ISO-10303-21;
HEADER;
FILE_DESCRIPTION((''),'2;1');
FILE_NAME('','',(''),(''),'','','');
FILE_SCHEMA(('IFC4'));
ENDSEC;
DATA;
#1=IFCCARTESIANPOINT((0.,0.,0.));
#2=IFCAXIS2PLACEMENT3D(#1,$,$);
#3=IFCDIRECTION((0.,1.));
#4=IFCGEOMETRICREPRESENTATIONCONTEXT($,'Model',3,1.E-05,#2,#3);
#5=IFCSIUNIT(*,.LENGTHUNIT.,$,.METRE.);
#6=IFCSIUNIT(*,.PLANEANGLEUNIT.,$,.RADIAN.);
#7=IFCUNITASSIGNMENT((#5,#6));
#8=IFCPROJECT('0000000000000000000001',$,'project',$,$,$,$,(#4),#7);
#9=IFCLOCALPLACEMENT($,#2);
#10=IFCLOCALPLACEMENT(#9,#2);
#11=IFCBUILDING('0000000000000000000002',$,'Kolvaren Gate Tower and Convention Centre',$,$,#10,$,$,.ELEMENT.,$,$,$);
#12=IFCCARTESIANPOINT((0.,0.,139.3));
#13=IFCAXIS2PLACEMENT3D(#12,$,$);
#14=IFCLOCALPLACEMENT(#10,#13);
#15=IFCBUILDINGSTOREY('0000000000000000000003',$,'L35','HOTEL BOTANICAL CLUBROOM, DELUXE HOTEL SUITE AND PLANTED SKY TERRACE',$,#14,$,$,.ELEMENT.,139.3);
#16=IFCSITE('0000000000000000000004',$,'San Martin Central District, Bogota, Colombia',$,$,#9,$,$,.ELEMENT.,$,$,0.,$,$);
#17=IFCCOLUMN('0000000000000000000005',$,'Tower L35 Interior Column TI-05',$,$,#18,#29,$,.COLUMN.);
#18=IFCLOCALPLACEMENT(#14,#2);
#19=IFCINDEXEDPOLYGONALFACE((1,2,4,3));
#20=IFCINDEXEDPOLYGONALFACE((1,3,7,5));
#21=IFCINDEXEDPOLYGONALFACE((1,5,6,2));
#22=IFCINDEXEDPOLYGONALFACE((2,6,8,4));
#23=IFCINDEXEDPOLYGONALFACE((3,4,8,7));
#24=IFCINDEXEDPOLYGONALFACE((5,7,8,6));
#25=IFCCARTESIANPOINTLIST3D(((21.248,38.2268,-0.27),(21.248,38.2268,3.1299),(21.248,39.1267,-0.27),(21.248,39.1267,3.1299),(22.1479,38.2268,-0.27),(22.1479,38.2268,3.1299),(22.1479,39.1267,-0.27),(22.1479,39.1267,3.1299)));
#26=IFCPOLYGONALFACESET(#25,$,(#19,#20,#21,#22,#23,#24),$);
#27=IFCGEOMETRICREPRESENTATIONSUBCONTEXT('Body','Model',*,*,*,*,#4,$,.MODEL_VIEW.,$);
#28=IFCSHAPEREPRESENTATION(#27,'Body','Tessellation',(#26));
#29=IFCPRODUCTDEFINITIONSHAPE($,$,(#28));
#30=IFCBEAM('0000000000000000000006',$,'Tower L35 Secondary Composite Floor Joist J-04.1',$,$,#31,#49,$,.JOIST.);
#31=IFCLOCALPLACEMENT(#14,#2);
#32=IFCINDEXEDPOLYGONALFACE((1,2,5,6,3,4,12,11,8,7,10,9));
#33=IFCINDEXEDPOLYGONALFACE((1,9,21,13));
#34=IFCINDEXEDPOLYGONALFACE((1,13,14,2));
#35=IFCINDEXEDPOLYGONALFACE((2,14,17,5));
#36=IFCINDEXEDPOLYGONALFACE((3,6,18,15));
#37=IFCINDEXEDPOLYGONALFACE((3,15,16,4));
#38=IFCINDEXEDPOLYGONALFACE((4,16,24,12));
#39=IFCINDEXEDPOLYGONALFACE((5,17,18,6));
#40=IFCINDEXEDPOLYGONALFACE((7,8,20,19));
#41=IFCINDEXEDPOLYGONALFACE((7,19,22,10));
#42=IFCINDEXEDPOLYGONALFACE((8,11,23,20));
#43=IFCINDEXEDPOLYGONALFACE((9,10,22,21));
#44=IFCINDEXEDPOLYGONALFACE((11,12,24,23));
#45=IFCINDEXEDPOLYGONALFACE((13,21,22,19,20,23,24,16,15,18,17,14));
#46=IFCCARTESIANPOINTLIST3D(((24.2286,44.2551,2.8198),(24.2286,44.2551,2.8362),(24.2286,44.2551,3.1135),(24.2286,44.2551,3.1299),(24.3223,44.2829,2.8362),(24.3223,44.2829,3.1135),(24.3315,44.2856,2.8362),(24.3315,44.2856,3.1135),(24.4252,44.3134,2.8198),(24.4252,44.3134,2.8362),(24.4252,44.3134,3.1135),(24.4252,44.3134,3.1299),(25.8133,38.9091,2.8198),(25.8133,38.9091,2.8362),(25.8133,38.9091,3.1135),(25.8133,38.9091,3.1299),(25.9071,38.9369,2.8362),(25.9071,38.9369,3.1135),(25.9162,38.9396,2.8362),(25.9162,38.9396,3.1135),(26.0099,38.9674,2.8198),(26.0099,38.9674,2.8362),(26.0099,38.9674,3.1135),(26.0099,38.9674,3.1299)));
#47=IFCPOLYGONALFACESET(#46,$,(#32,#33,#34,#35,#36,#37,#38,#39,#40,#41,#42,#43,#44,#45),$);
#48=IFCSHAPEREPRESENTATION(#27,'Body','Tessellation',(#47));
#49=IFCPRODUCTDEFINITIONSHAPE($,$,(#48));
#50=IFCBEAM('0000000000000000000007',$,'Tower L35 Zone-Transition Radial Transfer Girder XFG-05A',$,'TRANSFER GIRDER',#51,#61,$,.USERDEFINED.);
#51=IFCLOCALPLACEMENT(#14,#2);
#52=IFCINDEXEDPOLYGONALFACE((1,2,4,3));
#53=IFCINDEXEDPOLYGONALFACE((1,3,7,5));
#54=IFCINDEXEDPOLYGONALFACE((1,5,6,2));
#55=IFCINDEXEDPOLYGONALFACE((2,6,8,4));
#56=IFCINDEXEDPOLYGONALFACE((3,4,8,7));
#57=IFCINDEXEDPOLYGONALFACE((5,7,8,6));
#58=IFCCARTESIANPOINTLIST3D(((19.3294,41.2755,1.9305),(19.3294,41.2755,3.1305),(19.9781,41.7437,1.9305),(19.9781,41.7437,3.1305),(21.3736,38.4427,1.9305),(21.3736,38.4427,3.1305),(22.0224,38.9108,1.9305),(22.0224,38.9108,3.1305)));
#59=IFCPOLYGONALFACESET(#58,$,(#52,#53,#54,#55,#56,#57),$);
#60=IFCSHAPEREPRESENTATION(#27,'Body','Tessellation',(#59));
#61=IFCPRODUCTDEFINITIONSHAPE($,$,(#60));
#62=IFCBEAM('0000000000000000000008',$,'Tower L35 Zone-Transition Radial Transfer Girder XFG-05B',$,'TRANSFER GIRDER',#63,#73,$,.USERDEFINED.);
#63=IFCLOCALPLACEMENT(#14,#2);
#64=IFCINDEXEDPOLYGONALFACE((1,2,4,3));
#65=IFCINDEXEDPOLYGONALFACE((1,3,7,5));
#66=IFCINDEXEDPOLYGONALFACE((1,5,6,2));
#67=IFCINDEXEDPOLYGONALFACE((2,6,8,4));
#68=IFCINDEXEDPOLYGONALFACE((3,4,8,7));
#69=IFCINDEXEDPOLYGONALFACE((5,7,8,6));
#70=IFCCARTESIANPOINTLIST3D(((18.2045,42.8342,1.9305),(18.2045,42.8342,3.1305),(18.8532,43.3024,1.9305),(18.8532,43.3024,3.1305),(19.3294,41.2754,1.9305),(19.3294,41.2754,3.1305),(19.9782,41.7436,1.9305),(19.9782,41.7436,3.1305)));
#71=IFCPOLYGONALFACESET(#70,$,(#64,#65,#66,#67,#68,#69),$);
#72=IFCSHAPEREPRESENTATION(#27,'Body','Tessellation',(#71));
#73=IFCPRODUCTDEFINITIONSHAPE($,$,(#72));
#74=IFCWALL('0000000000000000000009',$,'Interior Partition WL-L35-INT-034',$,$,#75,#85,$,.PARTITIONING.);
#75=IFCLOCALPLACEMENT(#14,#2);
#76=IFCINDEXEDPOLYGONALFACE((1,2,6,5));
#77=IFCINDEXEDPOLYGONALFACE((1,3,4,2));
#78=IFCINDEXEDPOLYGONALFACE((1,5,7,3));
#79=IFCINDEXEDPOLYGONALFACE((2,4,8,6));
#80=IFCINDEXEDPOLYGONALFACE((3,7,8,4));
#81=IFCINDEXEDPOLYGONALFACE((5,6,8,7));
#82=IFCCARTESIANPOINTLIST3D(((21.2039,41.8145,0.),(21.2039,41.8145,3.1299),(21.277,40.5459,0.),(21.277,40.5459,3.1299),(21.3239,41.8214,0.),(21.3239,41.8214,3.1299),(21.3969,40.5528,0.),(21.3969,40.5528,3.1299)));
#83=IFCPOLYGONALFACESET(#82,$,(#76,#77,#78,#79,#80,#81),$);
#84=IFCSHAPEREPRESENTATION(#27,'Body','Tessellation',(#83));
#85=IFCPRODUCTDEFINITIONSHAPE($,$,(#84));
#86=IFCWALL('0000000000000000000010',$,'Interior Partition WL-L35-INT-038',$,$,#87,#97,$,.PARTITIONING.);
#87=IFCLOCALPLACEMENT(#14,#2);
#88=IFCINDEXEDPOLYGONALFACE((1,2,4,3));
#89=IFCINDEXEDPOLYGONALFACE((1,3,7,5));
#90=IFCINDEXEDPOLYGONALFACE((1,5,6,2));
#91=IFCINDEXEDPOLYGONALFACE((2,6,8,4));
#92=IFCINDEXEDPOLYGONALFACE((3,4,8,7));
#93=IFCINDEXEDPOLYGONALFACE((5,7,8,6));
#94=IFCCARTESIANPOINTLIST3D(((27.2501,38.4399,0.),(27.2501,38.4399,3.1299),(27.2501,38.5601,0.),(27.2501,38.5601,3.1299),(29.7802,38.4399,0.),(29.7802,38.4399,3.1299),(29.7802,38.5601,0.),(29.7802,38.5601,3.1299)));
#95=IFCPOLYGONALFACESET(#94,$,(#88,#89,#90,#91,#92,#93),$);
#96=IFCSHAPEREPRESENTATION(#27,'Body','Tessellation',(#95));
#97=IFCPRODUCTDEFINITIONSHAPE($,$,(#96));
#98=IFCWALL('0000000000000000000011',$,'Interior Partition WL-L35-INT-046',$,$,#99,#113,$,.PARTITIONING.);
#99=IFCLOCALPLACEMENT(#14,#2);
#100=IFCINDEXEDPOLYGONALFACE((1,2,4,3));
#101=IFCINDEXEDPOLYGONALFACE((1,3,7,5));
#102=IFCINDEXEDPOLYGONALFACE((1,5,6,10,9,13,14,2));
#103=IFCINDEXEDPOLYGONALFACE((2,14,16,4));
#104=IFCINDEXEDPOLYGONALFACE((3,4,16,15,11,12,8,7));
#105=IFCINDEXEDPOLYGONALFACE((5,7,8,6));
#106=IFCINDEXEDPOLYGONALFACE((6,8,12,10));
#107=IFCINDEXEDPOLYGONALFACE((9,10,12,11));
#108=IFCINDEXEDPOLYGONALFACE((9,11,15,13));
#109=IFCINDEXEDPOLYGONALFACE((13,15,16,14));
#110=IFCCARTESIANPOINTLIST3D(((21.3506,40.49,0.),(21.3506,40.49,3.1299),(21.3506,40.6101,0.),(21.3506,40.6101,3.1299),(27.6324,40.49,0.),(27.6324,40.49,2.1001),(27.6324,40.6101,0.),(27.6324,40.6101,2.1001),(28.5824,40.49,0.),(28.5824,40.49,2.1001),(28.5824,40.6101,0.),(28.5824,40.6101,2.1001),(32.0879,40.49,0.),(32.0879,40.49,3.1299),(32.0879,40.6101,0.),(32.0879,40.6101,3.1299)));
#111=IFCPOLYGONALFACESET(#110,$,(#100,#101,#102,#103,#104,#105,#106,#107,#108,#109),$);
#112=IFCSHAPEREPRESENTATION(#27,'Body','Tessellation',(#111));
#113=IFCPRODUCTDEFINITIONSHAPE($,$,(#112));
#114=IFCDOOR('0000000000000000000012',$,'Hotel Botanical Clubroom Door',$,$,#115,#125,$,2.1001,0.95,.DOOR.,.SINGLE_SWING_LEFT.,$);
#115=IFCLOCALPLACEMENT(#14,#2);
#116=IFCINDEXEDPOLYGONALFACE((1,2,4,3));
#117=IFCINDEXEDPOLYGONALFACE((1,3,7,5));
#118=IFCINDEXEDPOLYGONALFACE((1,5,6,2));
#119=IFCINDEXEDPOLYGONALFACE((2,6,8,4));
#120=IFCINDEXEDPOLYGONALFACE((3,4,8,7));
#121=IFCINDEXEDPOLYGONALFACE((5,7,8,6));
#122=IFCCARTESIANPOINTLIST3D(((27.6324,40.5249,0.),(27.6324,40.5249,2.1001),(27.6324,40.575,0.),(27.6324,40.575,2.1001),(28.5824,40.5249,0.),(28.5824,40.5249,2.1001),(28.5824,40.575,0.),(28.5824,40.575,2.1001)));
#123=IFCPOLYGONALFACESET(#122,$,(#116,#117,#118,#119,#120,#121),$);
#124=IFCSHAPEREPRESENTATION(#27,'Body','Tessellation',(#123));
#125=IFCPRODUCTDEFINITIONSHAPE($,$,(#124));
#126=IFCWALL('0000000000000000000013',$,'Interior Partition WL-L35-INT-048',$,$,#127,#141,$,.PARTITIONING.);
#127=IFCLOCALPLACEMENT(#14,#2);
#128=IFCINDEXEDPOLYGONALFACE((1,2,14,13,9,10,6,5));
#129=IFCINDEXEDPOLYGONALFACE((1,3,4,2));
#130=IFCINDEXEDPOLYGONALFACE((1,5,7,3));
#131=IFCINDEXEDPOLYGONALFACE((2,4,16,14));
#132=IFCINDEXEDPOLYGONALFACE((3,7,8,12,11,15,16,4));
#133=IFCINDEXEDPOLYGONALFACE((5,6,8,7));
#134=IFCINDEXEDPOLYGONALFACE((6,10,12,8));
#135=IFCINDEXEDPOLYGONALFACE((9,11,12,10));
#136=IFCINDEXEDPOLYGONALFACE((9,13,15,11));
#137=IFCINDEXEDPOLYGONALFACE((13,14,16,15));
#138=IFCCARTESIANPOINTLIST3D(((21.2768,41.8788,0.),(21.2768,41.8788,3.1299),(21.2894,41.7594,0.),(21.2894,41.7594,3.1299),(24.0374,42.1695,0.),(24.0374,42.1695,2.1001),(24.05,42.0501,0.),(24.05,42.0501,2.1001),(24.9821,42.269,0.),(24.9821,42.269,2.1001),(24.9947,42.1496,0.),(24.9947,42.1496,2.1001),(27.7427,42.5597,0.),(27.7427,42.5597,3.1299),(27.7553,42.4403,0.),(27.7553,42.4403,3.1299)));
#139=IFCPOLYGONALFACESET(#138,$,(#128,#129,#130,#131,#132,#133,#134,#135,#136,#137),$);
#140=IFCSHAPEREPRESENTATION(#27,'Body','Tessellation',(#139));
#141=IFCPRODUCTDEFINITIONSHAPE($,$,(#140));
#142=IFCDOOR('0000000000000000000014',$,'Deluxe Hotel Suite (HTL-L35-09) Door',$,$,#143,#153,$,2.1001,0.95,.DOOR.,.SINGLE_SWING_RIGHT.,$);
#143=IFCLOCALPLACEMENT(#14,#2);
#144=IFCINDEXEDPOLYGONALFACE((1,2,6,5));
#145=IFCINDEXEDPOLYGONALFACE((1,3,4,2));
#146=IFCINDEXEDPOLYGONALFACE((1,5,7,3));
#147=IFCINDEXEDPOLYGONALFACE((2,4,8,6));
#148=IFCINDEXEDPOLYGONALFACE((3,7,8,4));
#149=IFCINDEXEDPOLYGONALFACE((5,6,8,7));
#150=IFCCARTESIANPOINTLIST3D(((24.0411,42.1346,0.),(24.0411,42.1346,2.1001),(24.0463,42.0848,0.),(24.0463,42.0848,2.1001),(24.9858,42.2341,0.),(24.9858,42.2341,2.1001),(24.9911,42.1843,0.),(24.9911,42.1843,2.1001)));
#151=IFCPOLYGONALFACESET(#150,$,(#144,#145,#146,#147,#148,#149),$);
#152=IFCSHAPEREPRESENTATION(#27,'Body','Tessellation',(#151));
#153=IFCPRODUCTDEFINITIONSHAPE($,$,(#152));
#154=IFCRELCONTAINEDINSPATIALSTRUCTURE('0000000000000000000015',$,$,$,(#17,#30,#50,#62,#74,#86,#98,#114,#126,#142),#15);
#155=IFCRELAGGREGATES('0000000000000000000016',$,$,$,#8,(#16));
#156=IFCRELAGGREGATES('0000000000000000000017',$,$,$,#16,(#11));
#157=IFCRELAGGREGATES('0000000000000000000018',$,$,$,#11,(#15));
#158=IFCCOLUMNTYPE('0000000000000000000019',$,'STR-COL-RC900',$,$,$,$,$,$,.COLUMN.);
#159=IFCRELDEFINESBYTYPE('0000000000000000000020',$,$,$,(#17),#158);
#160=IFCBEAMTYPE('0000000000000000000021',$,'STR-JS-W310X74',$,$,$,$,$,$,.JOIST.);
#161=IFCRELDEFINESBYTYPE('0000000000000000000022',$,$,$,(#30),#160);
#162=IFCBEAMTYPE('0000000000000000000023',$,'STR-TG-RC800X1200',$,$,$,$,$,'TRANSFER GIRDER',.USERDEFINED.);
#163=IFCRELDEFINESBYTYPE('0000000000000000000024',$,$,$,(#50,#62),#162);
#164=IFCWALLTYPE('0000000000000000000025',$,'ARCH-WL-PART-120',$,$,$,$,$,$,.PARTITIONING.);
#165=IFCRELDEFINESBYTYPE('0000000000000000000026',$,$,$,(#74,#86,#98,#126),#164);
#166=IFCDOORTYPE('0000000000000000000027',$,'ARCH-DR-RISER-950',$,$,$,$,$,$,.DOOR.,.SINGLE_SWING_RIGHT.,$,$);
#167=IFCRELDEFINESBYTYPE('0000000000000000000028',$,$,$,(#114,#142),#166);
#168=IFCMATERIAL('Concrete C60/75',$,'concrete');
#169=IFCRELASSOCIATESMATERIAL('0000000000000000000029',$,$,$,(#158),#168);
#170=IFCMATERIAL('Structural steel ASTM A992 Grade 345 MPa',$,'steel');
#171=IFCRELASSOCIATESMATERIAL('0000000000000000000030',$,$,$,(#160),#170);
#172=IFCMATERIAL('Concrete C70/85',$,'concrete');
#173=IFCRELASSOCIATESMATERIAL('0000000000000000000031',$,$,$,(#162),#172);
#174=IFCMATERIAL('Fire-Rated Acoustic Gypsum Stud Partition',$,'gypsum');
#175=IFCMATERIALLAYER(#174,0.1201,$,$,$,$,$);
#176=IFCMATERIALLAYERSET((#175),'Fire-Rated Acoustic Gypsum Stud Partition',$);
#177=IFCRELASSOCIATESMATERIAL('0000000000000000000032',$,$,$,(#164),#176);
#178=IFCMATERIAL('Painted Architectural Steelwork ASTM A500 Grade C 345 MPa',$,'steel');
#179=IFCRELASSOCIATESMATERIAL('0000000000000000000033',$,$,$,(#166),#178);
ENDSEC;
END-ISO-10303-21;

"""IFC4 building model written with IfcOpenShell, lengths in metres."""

from ifc_helpers import new_model, si_unit, direction, frame, frame_2d, origin, origin_2d, place, context, subcontext, project, spatial, rectangle, i_section, extrude, material, layer, layer_set, material_profile, profile_set, type_object, element, fill, save


model = new_model("IFC4")

# Units and contexts
model_context = context("Model", 3, precision=1e-05, world=origin(), true_north=direction((0.0, 1.0)))
body_context = subcontext(model_context, "Body", "Model", "MODEL_VIEW")
ifc_project = project(units=[si_unit("LENGTHUNIT", "METRE"), si_unit("PLANEANGLEUNIT", "RADIAN")], contexts=[model_context])

# Site, building, storey
site_placement = place(None, origin())
site = spatial("IfcSite", under=ifc_project, at=site_placement, Name="San Martin Central District, Bogota, Colombia", CompositionType="ELEMENT", RefElevation=0.0)
building_placement = place(site_placement, origin())
building = spatial("IfcBuilding", under=site, at=building_placement, Name="Kolvaren Gate Tower and Convention Centre", CompositionType="ELEMENT")
storey_placement = place(building_placement, frame((0.0, 0.0, 139.3)))
storey = spatial("IfcBuildingStorey", under=building, at=storey_placement, Name="L35", Description="HOTEL BOTANICAL CLUBROOM, DELUXE HOTEL SUITE AND PLANTED SKY TERRACE", CompositionType="ELEMENT", Elevation=139.3)

# Column
ifc_material_1 = material(Name="Concrete C60/75", Category="concrete")
ifc_material_profile_1 = material_profile(ifc_material_1, rectangle(XDim=0.8999, YDim=0.8999, at=origin_2d()), Name="RC-COL-900X900")
ifc_profile_set_1 = profile_set([ifc_material_profile_1], Name="Concrete C60/75")
column_type = type_object("IfcColumnType", Name="STR-COL-RC900", PredefinedType="COLUMN", material=ifc_profile_set_1)
column_placement = place(storey_placement, frame((21.698, 38.6768, -0.27), z_axis=(0.0, 0.0, 1.0), x_axis=(1.0, 0.0, 0.0)))
element("IfcColumn", 1, at=column_placement, inside=storey, type_object=column_type, Name="Tower L35 Interior Column TI-05", PredefinedType="COLUMN", context=body_context, shape_type="SweptSolid", body=[
    extrude(rectangle(XDim=0.8999, YDim=0.8999, at=origin_2d()), origin(), (0.0, 0.0, 1.0), 3.3999),
])

# Beams
ifc_material_2 = material(Name="Structural steel ASTM A992 Grade 345 MPa", Category="steel")
ifc_material_profile_2 = material_profile(ifc_material_2, i_section(OverallWidth=0.2051, OverallDepth=0.3101, WebThickness=0.0095, FlangeThickness=0.0164, at=origin_2d()), Name="W310X74")
ifc_profile_set_2 = profile_set([ifc_material_profile_2], Name="Structural steel ASTM A992 Grade 345 MPa")
beam_type_1 = type_object("IfcBeamType", Name="STR-JS-W310X74", PredefinedType="JOIST", material=ifc_profile_set_2)
beam_1_placement = place(storey_placement, frame((25.9116, 38.9382, 2.9749), z_axis=(-0.284209, 0.958762, 0.0), x_axis=(-0.958762, -0.284209, 0.0)))
element("IfcBeam", 2, at=beam_1_placement, inside=storey, type_object=beam_type_1, Name="Tower L35 Secondary Composite Floor Joist J-04.1", PredefinedType="JOIST", context=body_context, shape_type="SweptSolid", body=[
    extrude(i_section(OverallWidth=0.2051, OverallDepth=0.3101, WebThickness=0.0095, FlangeThickness=0.0164, at=origin_2d()), origin(), (0.0, 0.0, 1.0), 5.5759),
])
ifc_material_3 = material(Name="Concrete C70/85", Category="concrete")
ifc_material_profile_3 = material_profile(ifc_material_3, rectangle(XDim=0.8, YDim=1.2, at=origin_2d()), Name="RC-BM-800X1200")
ifc_profile_set_3 = profile_set([ifc_material_profile_3], Name="Concrete C70/85")
beam_type_2 = type_object("IfcBeamType", Name="STR-TG-RC800X1200", ElementType="TRANSFER GIRDER", PredefinedType="USERDEFINED", material=ifc_profile_set_3)
beam_2_placement = place(storey_placement, frame((21.698, 38.6768, 2.5305), z_axis=(-0.585172, 0.81091, 0.0), x_axis=(-0.81091, -0.585172, 0.0)))
element("IfcBeam", 3, at=beam_2_placement, inside=storey, type_object=beam_type_2, Name="Tower L35 Zone-Transition Radial Transfer Girder XFG-05A", ObjectType="TRANSFER GIRDER", PredefinedType="USERDEFINED", context=body_context, shape_type="SweptSolid", body=[
    extrude(rectangle(XDim=0.8, YDim=1.2, at=origin_2d()), origin(), (0.0, 0.0, 1.0), 3.4934),
])
beam_3_placement = place(storey_placement, frame((19.6538, 41.5095, 2.5305), z_axis=(-0.585208, 0.810883, 0.0), x_axis=(-0.810883, -0.585208, 0.0)))
element("IfcBeam", 4, at=beam_3_placement, inside=storey, type_object=beam_type_2, Name="Tower L35 Zone-Transition Radial Transfer Girder XFG-05B", ObjectType="TRANSFER GIRDER", PredefinedType="USERDEFINED", context=body_context, shape_type="SweptSolid", body=[
    extrude(rectangle(XDim=0.8, YDim=1.2, at=origin_2d()), origin(), (0.0, 0.0, 1.0), 1.9224),
])

# Walls
ifc_material_4 = material(Name="Fire-Rated Acoustic Gypsum Stud Partition", Category="gypsum")
ifc_layer_1 = layer(ifc_material_4, 0.1201)
ifc_layer_set_1 = layer_set([ifc_layer_1], Name="Fire-Rated Acoustic Gypsum Stud Partition")
wall_type_1 = type_object("IfcWallType", Name="ARCH-WL-PART-120", PredefinedType="PARTITIONING", material=ifc_layer_set_1)
wall_1_placement = place(storey_placement, frame((21.2639, 41.8179, 0.0), z_axis=(0.0, 0.0, 1.0), x_axis=(0.057449, -0.998348, 0.0)))
element("IfcWall", 5, at=wall_1_placement, inside=storey, type_object=wall_type_1, Name="Interior Partition WL-L35-INT-034", PredefinedType="PARTITIONING", context=body_context, shape_type="SweptSolid", body=[
    extrude(rectangle(XDim=1.2708, YDim=0.1201, at=frame_2d((0.6353, 0.0))), origin(), (0.0, 0.0, 1.0), 3.1299),
])
wall_2_placement = place(storey_placement, frame((27.25, 38.5, 0.0), z_axis=(0.0, 0.0, 1.0), x_axis=(1.0, 0.0, 0.0)))
element("IfcWall", 6, at=wall_2_placement, inside=storey, type_object=wall_type_1, Name="Interior Partition WL-L35-INT-038", PredefinedType="PARTITIONING", context=body_context, shape_type="SweptSolid", body=[
    extrude(rectangle(XDim=2.53, YDim=0.1201, at=frame_2d((1.2651, 0.0))), origin(), (0.0, 0.0, 1.0), 3.1299),
])

# Walls, openings, doors
wall_3_placement = place(storey_placement, frame((21.3506, 40.55, 0.0), z_axis=(0.0, 0.0, 1.0), x_axis=(1.0, 0.0, 0.0)))
wall_3 = element("IfcWall", 7, at=wall_3_placement, inside=storey, type_object=wall_type_1, Name="Interior Partition WL-L35-INT-046", PredefinedType="PARTITIONING", context=body_context, shape_type="SweptSolid", body=[
    extrude(rectangle(XDim=10.7373, YDim=0.1201, at=frame_2d((5.3687, 0.0))), origin(), (0.0, 0.0, 1.0), 3.1299),
])
opening_1_placement = place(wall_3_placement, frame((6.2817, 0.0, 0.0)))
opening_1 = element("IfcOpeningElement", 8, at=opening_1_placement, cuts=wall_3, PredefinedType="OPENING", context=body_context, shape_type="SweptSolid", body=[
    extrude(rectangle(XDim=0.95, YDim=2.1001, at=frame_2d((0.4751, 1.05))), frame((0.0, 0.0701, 0.0), z_axis=(0.0, -1.0, 0.0), x_axis=(1.0, 0.0, 0.0)), (0.0, 0.0, 1.0), 0.1401),
])
ifc_material_5 = material(Name="Painted Architectural Steelwork ASTM A500 Grade C 345 MPa", Category="steel")
door_type_1 = type_object("IfcDoorType", Name="ARCH-DR-RISER-950", OperationType="SINGLE_SWING_RIGHT", PredefinedType="DOOR", material=ifc_material_5)
door_1_placement = place(opening_1_placement, origin())
door_1 = element("IfcDoor", 9, at=door_1_placement, inside=storey, type_object=door_type_1, Name="Hotel Botanical Clubroom Door", OperationType="SINGLE_SWING_LEFT", OverallHeight=2.1001, OverallWidth=0.95, PredefinedType="DOOR", context=body_context, shape_type="SweptSolid", body=[
    extrude(rectangle(XDim=0.95, YDim=2.1001, at=frame_2d((0.4751, 1.05))), frame((0.0, 0.0249, 0.0), z_axis=(0.0, -1.0, 0.0), x_axis=(1.0, 0.0, 0.0)), (0.0, 0.0, 1.0), 0.05),
])
fill(opening_1, door_1)
wall_4_placement = place(storey_placement, frame((21.283, 41.8191, 0.0), z_axis=(0.0, 0.0, 1.0), x_axis=(0.994501, 0.104726, 0.0)))
wall_4 = element("IfcWall", 10, at=wall_4_placement, inside=storey, type_object=wall_type_1, Name="Interior Partition WL-L35-INT-048", PredefinedType="PARTITIONING", context=body_context, shape_type="SweptSolid", body=[
    extrude(rectangle(XDim=6.5017, YDim=0.1201, at=frame_2d((3.251, 0.0))), origin(), (0.0, 0.0, 1.0), 3.1299),
])
opening_2_placement = place(wall_4_placement, frame((2.7759, 0.0, 0.0)))
opening_2 = element("IfcOpeningElement", 11, at=opening_2_placement, cuts=wall_4, PredefinedType="OPENING", context=body_context, shape_type="SweptSolid", body=[
    extrude(rectangle(XDim=0.95, YDim=2.1001, at=frame_2d((0.4751, 1.05))), frame((0.0, 0.0701, 0.0), z_axis=(0.0, -1.0, 0.0), x_axis=(1.0, 0.0, 0.0)), (0.0, 0.0, 1.0), 0.1401),
])
door_2_placement = place(opening_2_placement, origin())
door_2 = element("IfcDoor", 12, at=door_2_placement, inside=storey, type_object=door_type_1, Name="Deluxe Hotel Suite (HTL-L35-09) Door", OperationType="SINGLE_SWING_RIGHT", OverallHeight=2.1001, OverallWidth=0.95, PredefinedType="DOOR", context=body_context, shape_type="SweptSolid", body=[
    extrude(rectangle(XDim=0.95, YDim=2.1001, at=frame_2d((0.4751, 1.05))), frame((0.0, 0.0249, 0.0), z_axis=(0.0, -1.0, 0.0), x_axis=(1.0, 0.0, 0.0)), (0.0, 0.0, 1.0), 0.05),
])
fill(opening_2, door_2)

save(model, "model.ifc")
